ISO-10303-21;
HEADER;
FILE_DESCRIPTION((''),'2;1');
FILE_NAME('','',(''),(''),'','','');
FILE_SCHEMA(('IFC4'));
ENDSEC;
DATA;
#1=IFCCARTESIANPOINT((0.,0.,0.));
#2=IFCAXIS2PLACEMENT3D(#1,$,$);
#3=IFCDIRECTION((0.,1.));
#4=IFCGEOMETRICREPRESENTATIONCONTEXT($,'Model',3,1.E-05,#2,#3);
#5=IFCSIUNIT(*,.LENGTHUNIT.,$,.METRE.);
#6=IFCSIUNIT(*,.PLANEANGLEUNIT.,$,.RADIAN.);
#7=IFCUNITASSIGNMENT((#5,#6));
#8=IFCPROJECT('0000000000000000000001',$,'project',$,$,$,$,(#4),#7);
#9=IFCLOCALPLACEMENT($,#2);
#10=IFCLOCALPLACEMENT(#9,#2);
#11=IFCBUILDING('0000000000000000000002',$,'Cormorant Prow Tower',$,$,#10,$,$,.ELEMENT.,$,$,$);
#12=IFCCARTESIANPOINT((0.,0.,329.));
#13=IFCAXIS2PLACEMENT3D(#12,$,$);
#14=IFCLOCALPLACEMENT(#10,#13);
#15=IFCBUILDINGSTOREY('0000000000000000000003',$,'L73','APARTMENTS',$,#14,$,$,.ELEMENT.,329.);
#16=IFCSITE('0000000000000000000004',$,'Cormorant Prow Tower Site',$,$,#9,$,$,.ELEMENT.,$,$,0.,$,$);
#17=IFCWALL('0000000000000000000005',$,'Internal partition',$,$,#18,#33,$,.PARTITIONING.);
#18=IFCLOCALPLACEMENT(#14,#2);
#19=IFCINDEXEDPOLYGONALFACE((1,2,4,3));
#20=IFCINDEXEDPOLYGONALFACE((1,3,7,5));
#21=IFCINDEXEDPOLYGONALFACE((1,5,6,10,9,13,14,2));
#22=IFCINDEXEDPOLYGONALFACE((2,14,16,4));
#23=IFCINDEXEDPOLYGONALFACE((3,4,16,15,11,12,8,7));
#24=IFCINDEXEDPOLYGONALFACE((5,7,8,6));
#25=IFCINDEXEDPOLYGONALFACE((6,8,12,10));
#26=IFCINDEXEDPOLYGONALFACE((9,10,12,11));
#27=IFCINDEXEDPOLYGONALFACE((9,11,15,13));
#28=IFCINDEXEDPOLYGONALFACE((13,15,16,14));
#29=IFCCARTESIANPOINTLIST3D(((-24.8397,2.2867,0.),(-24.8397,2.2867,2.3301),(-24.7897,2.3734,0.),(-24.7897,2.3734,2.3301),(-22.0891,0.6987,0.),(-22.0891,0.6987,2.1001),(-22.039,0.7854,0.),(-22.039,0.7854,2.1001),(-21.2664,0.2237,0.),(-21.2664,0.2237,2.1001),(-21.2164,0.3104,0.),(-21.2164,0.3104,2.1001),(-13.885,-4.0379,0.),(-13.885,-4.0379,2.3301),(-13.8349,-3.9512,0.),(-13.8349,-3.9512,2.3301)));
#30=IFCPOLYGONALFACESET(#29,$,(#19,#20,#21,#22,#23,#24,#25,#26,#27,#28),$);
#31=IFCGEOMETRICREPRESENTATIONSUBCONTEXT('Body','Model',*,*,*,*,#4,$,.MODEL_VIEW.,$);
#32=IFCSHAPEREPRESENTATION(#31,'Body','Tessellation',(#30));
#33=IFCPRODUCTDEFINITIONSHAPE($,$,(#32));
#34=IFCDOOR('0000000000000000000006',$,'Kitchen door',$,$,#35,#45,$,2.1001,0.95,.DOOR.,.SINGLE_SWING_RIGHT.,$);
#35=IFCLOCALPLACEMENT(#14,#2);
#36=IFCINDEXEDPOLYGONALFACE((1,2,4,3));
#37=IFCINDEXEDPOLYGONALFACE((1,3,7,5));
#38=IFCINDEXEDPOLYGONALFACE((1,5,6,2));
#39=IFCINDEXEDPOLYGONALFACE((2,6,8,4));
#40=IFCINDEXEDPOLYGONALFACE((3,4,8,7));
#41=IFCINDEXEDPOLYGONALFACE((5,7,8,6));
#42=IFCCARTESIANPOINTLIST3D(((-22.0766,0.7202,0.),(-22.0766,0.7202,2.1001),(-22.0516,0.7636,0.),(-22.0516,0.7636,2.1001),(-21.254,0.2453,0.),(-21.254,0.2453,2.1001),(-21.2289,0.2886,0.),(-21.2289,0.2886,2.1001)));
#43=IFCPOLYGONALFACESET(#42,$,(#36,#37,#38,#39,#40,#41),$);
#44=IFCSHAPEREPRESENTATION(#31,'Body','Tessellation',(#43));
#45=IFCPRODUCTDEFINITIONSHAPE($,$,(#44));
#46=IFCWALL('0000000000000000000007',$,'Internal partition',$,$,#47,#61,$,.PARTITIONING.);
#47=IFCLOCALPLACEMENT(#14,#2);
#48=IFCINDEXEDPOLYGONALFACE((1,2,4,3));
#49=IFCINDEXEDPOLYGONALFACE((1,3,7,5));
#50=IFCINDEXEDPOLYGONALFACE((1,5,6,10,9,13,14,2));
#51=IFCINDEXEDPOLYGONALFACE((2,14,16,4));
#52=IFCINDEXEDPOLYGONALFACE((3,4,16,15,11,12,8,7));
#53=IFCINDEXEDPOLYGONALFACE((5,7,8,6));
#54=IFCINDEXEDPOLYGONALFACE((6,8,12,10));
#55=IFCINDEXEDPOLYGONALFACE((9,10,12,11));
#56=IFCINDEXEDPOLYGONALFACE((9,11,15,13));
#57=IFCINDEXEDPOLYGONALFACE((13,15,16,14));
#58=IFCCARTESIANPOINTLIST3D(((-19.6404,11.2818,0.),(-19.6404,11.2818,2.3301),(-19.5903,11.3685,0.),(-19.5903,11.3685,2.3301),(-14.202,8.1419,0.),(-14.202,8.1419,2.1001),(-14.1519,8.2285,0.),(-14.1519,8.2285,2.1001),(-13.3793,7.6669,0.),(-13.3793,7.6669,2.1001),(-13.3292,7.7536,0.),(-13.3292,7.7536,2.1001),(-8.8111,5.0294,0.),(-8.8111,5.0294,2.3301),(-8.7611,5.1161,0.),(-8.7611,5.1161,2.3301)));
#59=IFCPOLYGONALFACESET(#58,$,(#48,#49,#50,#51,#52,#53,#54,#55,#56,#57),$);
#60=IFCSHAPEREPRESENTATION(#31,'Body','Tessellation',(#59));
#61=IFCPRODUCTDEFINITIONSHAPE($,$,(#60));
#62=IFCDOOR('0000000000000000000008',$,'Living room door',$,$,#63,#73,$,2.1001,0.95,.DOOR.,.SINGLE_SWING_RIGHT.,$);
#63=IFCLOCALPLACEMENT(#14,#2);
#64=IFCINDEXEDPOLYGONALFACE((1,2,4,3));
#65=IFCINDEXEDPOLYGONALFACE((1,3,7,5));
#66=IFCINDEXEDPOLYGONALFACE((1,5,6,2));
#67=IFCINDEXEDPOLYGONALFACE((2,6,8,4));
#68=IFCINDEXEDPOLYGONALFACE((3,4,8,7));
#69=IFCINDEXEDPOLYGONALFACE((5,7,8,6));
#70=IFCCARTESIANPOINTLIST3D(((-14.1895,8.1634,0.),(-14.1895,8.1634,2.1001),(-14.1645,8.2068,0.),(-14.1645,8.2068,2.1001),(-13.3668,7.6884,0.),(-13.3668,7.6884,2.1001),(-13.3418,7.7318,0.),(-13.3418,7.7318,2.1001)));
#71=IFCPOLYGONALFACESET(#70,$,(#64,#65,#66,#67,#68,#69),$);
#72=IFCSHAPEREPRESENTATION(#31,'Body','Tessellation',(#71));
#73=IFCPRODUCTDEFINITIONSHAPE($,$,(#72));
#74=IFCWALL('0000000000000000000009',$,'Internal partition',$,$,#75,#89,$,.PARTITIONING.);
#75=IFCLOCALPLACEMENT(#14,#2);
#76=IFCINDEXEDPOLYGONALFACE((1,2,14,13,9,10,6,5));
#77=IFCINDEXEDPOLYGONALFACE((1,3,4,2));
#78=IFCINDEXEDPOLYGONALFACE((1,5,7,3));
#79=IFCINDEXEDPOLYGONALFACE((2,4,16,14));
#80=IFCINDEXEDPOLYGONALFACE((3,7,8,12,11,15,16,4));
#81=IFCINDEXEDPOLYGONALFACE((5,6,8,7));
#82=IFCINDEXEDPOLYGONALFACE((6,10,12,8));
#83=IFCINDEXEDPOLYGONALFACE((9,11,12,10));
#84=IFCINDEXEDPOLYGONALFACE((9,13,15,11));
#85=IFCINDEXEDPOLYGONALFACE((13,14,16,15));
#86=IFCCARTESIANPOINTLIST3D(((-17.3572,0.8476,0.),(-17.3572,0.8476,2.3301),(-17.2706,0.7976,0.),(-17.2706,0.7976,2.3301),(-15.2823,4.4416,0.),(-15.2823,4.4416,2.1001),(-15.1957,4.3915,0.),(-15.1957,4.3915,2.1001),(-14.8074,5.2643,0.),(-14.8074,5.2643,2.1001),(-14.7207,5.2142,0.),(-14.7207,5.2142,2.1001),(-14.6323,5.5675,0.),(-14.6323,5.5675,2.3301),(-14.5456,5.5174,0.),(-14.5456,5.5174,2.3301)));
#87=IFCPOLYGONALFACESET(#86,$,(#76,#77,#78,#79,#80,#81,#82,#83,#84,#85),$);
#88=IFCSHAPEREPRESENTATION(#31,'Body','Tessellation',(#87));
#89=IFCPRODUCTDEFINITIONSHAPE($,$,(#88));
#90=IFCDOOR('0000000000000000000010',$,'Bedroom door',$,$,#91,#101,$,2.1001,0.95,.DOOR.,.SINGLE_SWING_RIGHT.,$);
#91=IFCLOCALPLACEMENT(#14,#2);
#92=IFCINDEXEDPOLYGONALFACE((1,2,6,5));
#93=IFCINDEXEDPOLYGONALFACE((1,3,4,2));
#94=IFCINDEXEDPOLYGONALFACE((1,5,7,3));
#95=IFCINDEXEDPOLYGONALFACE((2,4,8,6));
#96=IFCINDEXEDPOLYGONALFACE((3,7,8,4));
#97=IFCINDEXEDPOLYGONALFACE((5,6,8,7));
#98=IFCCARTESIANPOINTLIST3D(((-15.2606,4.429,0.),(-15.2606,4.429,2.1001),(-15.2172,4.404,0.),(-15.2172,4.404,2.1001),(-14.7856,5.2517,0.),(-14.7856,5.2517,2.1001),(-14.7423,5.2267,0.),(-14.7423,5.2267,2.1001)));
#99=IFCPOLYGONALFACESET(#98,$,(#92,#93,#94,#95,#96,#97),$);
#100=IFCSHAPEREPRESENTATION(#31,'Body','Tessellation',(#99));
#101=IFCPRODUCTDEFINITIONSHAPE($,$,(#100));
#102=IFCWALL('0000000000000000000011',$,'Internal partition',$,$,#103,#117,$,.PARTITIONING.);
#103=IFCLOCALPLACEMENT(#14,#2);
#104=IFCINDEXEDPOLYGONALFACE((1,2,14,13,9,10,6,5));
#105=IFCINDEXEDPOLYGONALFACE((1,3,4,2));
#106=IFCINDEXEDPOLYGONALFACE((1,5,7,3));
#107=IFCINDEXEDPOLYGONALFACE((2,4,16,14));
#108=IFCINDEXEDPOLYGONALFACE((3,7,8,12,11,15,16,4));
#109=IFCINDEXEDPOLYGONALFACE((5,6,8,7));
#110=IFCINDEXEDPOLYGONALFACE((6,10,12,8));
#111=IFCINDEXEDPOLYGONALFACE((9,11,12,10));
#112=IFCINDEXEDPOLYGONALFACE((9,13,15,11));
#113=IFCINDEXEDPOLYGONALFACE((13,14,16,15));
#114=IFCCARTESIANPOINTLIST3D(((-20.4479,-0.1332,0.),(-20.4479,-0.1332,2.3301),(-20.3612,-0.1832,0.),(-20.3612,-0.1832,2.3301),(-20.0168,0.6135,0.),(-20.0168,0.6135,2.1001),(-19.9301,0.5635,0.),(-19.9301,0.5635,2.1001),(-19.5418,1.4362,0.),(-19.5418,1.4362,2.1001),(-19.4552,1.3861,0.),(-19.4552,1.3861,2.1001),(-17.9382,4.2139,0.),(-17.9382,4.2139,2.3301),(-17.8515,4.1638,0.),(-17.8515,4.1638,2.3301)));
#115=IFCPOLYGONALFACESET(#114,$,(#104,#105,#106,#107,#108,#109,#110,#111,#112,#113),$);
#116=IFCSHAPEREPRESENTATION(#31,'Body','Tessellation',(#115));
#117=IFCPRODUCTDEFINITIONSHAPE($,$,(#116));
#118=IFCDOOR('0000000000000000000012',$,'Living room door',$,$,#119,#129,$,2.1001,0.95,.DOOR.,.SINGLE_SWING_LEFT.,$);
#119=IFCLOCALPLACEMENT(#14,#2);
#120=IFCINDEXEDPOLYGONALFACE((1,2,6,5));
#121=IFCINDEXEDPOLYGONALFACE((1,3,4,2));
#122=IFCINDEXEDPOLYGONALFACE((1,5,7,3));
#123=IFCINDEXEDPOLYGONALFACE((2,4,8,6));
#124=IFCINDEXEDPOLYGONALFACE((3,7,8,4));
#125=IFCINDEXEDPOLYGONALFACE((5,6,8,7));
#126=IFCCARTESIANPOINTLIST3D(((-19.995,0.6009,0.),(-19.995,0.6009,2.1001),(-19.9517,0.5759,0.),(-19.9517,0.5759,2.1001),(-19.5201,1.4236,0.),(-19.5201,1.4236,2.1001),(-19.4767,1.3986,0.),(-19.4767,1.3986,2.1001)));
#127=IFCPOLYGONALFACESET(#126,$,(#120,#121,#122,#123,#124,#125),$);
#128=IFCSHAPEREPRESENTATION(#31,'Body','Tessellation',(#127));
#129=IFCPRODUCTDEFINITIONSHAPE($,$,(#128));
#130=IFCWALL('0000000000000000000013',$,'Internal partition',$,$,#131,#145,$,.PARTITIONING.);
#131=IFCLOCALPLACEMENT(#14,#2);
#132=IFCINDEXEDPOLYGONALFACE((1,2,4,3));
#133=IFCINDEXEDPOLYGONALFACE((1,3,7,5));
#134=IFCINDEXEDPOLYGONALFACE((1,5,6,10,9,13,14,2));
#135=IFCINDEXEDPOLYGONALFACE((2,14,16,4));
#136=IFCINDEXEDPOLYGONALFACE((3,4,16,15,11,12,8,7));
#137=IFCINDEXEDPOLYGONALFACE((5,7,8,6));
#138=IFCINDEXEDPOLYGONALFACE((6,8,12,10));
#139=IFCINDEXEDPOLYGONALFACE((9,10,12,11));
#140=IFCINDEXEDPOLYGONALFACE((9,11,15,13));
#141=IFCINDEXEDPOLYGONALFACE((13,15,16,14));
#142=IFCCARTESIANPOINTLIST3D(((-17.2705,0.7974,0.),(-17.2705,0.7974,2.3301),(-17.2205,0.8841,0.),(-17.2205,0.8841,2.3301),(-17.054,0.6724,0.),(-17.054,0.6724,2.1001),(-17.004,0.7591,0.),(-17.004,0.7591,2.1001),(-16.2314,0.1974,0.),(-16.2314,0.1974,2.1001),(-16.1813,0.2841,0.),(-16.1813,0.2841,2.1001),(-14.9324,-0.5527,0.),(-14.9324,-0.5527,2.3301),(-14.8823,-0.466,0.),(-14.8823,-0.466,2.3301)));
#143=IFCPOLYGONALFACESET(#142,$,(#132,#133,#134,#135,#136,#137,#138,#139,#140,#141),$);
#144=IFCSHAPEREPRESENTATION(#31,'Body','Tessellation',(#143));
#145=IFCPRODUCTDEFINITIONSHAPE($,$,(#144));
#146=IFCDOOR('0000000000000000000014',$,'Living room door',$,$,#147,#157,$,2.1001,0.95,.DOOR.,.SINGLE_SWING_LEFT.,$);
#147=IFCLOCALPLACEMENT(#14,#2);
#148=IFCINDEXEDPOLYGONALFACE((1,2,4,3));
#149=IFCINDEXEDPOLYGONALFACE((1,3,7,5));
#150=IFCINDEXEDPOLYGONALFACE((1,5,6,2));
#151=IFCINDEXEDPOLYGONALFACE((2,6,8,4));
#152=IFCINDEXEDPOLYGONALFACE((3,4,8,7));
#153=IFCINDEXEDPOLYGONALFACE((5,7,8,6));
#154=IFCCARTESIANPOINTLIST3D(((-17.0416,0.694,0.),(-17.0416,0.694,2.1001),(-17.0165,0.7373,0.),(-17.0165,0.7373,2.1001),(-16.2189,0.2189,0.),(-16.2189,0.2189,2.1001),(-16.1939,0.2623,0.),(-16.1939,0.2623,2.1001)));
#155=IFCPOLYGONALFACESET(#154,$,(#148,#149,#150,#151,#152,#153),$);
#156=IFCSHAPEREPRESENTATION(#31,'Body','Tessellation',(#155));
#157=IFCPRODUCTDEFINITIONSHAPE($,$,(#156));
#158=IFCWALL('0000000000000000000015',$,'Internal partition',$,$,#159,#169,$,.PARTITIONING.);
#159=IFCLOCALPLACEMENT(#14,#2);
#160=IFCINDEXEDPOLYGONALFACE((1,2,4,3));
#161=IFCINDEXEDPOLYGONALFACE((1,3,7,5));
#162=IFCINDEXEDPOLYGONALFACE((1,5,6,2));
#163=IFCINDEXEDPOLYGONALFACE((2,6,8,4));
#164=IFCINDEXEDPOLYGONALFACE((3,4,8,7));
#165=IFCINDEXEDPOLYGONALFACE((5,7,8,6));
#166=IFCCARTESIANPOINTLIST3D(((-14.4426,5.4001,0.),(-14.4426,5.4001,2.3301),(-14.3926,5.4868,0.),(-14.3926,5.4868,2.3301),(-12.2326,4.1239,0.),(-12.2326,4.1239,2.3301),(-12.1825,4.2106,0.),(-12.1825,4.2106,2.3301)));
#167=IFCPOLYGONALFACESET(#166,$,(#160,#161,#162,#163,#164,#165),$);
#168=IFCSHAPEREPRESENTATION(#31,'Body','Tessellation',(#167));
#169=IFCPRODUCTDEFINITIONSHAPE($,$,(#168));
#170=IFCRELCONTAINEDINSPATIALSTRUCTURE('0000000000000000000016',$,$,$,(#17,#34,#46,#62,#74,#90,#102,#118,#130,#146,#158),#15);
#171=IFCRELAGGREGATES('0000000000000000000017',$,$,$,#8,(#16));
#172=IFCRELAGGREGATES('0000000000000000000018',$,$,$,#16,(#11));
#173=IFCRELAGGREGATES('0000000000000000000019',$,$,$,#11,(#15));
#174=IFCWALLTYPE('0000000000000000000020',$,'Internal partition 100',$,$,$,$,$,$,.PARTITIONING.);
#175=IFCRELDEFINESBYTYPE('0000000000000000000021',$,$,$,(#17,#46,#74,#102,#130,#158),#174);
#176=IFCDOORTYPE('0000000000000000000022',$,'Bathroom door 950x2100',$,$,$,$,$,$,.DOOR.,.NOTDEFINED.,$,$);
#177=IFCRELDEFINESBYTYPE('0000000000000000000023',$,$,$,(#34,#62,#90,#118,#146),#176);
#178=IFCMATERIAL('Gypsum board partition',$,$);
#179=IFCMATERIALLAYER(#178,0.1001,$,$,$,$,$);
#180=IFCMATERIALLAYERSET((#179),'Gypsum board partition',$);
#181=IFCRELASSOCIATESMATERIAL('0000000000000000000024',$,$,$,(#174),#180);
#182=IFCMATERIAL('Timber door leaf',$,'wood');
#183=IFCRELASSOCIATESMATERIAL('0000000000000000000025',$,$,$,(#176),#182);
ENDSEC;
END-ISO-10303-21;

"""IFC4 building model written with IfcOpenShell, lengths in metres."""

from ifc_helpers import new_model, si_unit, direction, frame, frame_2d, origin, place, context, subcontext, project, spatial, rectangle, extrude, material, layer, layer_set, type_object, element, fill, save


model = new_model("IFC4")

# Units and contexts
model_context = context("Model", 3, precision=1e-05, world=origin(), true_north=direction((0.0, 1.0)))
body_context = subcontext(model_context, "Body", "Model", "MODEL_VIEW")
ifc_project = project(units=[si_unit("LENGTHUNIT", "METRE"), si_unit("PLANEANGLEUNIT", "RADIAN")], contexts=[model_context])

# Site, building, storey
site_placement = place(None, origin())
site = spatial("IfcSite", under=ifc_project, at=site_placement, Name="Cormorant Prow Tower Site", CompositionType="ELEMENT", RefElevation=0.0)
building_placement = place(site_placement, origin())
building = spatial("IfcBuilding", under=site, at=building_placement, Name="Cormorant Prow Tower", CompositionType="ELEMENT")
storey_placement = place(building_placement, frame((0.0, 0.0, 329.0)))
storey = spatial("IfcBuildingStorey", under=building, at=storey_placement, Name="L73", Description="APARTMENTS", CompositionType="ELEMENT", Elevation=329.0)

# Walls, openings, doors
ifc_material_1 = material(Name="Gypsum board partition")
ifc_layer_1 = layer(ifc_material_1, 0.1001)
ifc_layer_set_1 = layer_set([ifc_layer_1], Name="Gypsum board partition")
wall_type_1 = type_object("IfcWallType", Name="Internal partition 100", PredefinedType="PARTITIONING", material=ifc_layer_set_1)
wall_1_placement = place(storey_placement, frame((-24.8147, 2.3301, 0.0), z_axis=(0.0, 0.0, 1.0), x_axis=(0.866028, -0.499996, 0.0)))
wall_1 = element("IfcWall", 1, at=wall_1_placement, inside=storey, type_object=wall_type_1, Name="Internal partition", PredefinedType="PARTITIONING", context=body_context, shape_type="SweptSolid", body=[
    extrude(rectangle(XDim=12.6494, YDim=0.1001, at=frame_2d((6.3247, 0.0))), origin(), (0.0, 0.0, 1.0), 2.3301),
])
opening_1_placement = place(wall_1_placement, frame((3.176, 0.0, 0.0)))
opening_1 = element("IfcOpeningElement", 2, at=opening_1_placement, cuts=wall_1, PredefinedType="OPENING", context=body_context, shape_type="SweptSolid", body=[
    extrude(rectangle(XDim=0.95, YDim=2.1001, at=frame_2d((0.4751, 1.05))), frame((0.0, 0.0601, 0.0), z_axis=(0.0, -1.0, 0.0), x_axis=(1.0, 0.0, 0.0)), (0.0, 0.0, 1.0), 0.1201),
])
ifc_material_2 = material(Name="Timber door leaf", Category="wood")
door_type_1 = type_object("IfcDoorType", Name="Bathroom door 950x2100", OperationType="NOTDEFINED", PredefinedType="DOOR", material=ifc_material_2)
door_1_placement = place(opening_1_placement, origin())
door_1 = element("IfcDoor", 3, at=door_1_placement, inside=storey, type_object=door_type_1, Name="Kitchen door", OperationType="SINGLE_SWING_RIGHT", OverallHeight=2.1001, OverallWidth=0.95, PredefinedType="DOOR", context=body_context, shape_type="SweptSolid", body=[
    extrude(rectangle(XDim=0.95, YDim=2.1001, at=frame_2d((0.4751, 1.05))), frame((0.0, 0.0249, 0.0), z_axis=(0.0, -1.0, 0.0), x_axis=(1.0, 0.0, 0.0)), (0.0, 0.0, 1.0), 0.05),
])
fill(opening_1, door_1)
wall_2_placement = place(storey_placement, frame((-19.6155, 11.3252, 0.0), z_axis=(0.0, 0.0, 1.0), x_axis=(0.866021, -0.500007, 0.0)))
wall_2 = element("IfcWall", 4, at=wall_2_placement, inside=storey, type_object=wall_type_1, Name="Internal partition", PredefinedType="PARTITIONING", context=body_context, shape_type="SweptSolid", body=[
    extrude(rectangle(XDim=12.5046, YDim=0.1001, at=frame_2d((6.2524, 0.0))), origin(), (0.0, 0.0, 1.0), 2.3301),
])
opening_2_placement = place(wall_2_placement, frame((6.2798, 0.0, 0.0)))
opening_2 = element("IfcOpeningElement", 5, at=opening_2_placement, cuts=wall_2, PredefinedType="OPENING", context=body_context, shape_type="SweptSolid", body=[
    extrude(rectangle(XDim=0.95, YDim=2.1001, at=frame_2d((0.4751, 1.05))), frame((0.0, 0.0601, 0.0), z_axis=(0.0, -1.0, 0.0), x_axis=(1.0, 0.0, 0.0)), (0.0, 0.0, 1.0), 0.1201),
])
door_2_placement = place(opening_2_placement, origin())
door_2 = element("IfcDoor", 6, at=door_2_placement, inside=storey, type_object=door_type_1, Name="Living room door", OperationType="SINGLE_SWING_RIGHT", OverallHeight=2.1001, OverallWidth=0.95, PredefinedType="DOOR", context=body_context, shape_type="SweptSolid", body=[
    extrude(rectangle(XDim=0.95, YDim=2.1001, at=frame_2d((0.4751, 1.05))), frame((0.0, 0.0249, 0.0), z_axis=(0.0, -1.0, 0.0), x_axis=(1.0, 0.0, 0.0)), (0.0, 0.0, 1.0), 0.05),
])
fill(opening_2, door_2)
wall_3_placement = place(storey_placement, frame((-17.314, 0.8225, 0.0), z_axis=(0.0, 0.0, 1.0), x_axis=(0.499989, 0.866032, 0.0)))
wall_3 = element("IfcWall", 7, at=wall_3_placement, inside=storey, type_object=wall_type_1, Name="Internal partition", PredefinedType="PARTITIONING", context=body_context, shape_type="SweptSolid", body=[
    extrude(rectangle(XDim=5.45, YDim=0.1001, at=frame_2d((2.7251, 0.0))), origin(), (0.0, 0.0, 1.0), 2.3301),
])
opening_3_placement = place(wall_3_placement, frame((4.1499, 0.0, 0.0)))
opening_3 = element("IfcOpeningElement", 8, at=opening_3_placement, cuts=wall_3, PredefinedType="OPENING", context=body_context, shape_type="SweptSolid", body=[
    extrude(rectangle(XDim=0.95, YDim=2.1001, at=frame_2d((0.4751, 1.05))), frame((0.0, 0.0601, 0.0), z_axis=(0.0, -1.0, 0.0), x_axis=(1.0, 0.0, 0.0)), (0.0, 0.0, 1.0), 0.1201),
])
door_3_placement = place(opening_3_placement, origin())
door_3 = element("IfcDoor", 9, at=door_3_placement, inside=storey, type_object=door_type_1, Name="Bedroom door", OperationType="SINGLE_SWING_RIGHT", OverallHeight=2.1001, OverallWidth=0.95, PredefinedType="DOOR", context=body_context, shape_type="SweptSolid", body=[
    extrude(rectangle(XDim=0.95, YDim=2.1001, at=frame_2d((0.4751, 1.05))), frame((0.0, 0.0249, 0.0), z_axis=(0.0, -1.0, 0.0), x_axis=(1.0, 0.0, 0.0)), (0.0, 0.0, 1.0), 0.05),
])
fill(opening_3, door_3)
wall_4_placement = place(storey_placement, frame((-20.4045, -0.1582, 0.0), z_axis=(0.0, 0.0, 1.0), x_axis=(0.499989, 0.866032, 0.0)))
wall_4 = element("IfcWall", 10, at=wall_4_placement, inside=storey, type_object=wall_type_1, Name="Internal partition", PredefinedType="PARTITIONING", context=body_context, shape_type="SweptSolid", body=[
    extrude(rectangle(XDim=5.0195, YDim=0.1001, at=frame_2d((2.5098, 0.0))), origin(), (0.0, 0.0, 1.0), 2.3301),
])
opening_4_placement = place(wall_4_placement, frame((0.8621, 0.0, 0.0)))
opening_4 = element("IfcOpeningElement", 11, at=opening_4_placement, cuts=wall_4, PredefinedType="OPENING", context=body_context, shape_type="SweptSolid", body=[
    extrude(rectangle(XDim=0.95, YDim=2.1001, at=frame_2d((0.4751, 1.05))), frame((0.0, 0.0601, 0.0), z_axis=(0.0, -1.0, 0.0), x_axis=(1.0, 0.0, 0.0)), (0.0, 0.0, 1.0), 0.1201),
])
door_4_placement = place(opening_4_placement, origin())
door_4 = element("IfcDoor", 12, at=door_4_placement, inside=storey, type_object=door_type_1, Name="Living room door", OperationType="SINGLE_SWING_LEFT", OverallHeight=2.1001, OverallWidth=0.95, PredefinedType="DOOR", context=body_context, shape_type="SweptSolid", body=[
    extrude(rectangle(XDim=0.95, YDim=2.1001, at=frame_2d((0.4751, 1.05))), frame((0.0, 0.0249, 0.0), z_axis=(0.0, -1.0, 0.0), x_axis=(1.0, 0.0, 0.0)), (0.0, 0.0, 1.0), 0.05),
])
fill(opening_4, door_4)
wall_5_placement = place(storey_placement, frame((-17.2456, 0.8408, 0.0), z_axis=(0.0, 0.0, 1.0), x_axis=(0.865997, -0.500049, 0.0)))
wall_5 = element("IfcWall", 13, at=wall_5_placement, inside=storey, type_object=wall_type_1, Name="Internal partition", PredefinedType="PARTITIONING", context=body_context, shape_type="SweptSolid", body=[
    extrude(rectangle(XDim=2.7, YDim=0.1001, at=frame_2d((1.3501, 0.0))), origin(), (0.0, 0.0, 1.0), 2.3301),
])
opening_5_placement = place(wall_5_placement, frame((0.25, 0.0, 0.0)))
opening_5 = element("IfcOpeningElement", 14, at=opening_5_placement, cuts=wall_5, PredefinedType="OPENING", context=body_context, shape_type="SweptSolid", body=[
    extrude(rectangle(XDim=0.95, YDim=2.1001, at=frame_2d((0.4751, 1.05))), frame((0.0, 0.0601, 0.0), z_axis=(0.0, -1.0, 0.0), x_axis=(1.0, 0.0, 0.0)), (0.0, 0.0, 1.0), 0.1201),
])
door_5_placement = place(opening_5_placement, origin())
door_5 = element("IfcDoor", 15, at=door_5_placement, inside=storey, type_object=door_type_1, Name="Living room door", OperationType="SINGLE_SWING_LEFT", OverallHeight=2.1001, OverallWidth=0.95, PredefinedType="DOOR", context=body_context, shape_type="SweptSolid", body=[
    extrude(rectangle(XDim=0.95, YDim=2.1001, at=frame_2d((0.4751, 1.05))), frame((0.0, 0.0249, 0.0), z_axis=(0.0, -1.0, 0.0), x_axis=(1.0, 0.0, 0.0)), (0.0, 0.0, 1.0), 0.05),
])
fill(opening_5, door_5)

# Wall
wall_6_placement = place(storey_placement, frame((-14.4175, 5.4434, 0.0), z_axis=(0.0, 0.0, 1.0), x_axis=(0.865991, -0.500059, 0.0)))
element("IfcWall", 16, at=wall_6_placement, inside=storey, type_object=wall_type_1, Name="Internal partition", PredefinedType="PARTITIONING", context=body_context, shape_type="SweptSolid", body=[
    extrude(rectangle(XDim=2.552, YDim=0.1001, at=frame_2d((1.2759, 0.0))), origin(), (0.0, 0.0, 1.0), 2.3301),
])

save(model, "model.ifc")
